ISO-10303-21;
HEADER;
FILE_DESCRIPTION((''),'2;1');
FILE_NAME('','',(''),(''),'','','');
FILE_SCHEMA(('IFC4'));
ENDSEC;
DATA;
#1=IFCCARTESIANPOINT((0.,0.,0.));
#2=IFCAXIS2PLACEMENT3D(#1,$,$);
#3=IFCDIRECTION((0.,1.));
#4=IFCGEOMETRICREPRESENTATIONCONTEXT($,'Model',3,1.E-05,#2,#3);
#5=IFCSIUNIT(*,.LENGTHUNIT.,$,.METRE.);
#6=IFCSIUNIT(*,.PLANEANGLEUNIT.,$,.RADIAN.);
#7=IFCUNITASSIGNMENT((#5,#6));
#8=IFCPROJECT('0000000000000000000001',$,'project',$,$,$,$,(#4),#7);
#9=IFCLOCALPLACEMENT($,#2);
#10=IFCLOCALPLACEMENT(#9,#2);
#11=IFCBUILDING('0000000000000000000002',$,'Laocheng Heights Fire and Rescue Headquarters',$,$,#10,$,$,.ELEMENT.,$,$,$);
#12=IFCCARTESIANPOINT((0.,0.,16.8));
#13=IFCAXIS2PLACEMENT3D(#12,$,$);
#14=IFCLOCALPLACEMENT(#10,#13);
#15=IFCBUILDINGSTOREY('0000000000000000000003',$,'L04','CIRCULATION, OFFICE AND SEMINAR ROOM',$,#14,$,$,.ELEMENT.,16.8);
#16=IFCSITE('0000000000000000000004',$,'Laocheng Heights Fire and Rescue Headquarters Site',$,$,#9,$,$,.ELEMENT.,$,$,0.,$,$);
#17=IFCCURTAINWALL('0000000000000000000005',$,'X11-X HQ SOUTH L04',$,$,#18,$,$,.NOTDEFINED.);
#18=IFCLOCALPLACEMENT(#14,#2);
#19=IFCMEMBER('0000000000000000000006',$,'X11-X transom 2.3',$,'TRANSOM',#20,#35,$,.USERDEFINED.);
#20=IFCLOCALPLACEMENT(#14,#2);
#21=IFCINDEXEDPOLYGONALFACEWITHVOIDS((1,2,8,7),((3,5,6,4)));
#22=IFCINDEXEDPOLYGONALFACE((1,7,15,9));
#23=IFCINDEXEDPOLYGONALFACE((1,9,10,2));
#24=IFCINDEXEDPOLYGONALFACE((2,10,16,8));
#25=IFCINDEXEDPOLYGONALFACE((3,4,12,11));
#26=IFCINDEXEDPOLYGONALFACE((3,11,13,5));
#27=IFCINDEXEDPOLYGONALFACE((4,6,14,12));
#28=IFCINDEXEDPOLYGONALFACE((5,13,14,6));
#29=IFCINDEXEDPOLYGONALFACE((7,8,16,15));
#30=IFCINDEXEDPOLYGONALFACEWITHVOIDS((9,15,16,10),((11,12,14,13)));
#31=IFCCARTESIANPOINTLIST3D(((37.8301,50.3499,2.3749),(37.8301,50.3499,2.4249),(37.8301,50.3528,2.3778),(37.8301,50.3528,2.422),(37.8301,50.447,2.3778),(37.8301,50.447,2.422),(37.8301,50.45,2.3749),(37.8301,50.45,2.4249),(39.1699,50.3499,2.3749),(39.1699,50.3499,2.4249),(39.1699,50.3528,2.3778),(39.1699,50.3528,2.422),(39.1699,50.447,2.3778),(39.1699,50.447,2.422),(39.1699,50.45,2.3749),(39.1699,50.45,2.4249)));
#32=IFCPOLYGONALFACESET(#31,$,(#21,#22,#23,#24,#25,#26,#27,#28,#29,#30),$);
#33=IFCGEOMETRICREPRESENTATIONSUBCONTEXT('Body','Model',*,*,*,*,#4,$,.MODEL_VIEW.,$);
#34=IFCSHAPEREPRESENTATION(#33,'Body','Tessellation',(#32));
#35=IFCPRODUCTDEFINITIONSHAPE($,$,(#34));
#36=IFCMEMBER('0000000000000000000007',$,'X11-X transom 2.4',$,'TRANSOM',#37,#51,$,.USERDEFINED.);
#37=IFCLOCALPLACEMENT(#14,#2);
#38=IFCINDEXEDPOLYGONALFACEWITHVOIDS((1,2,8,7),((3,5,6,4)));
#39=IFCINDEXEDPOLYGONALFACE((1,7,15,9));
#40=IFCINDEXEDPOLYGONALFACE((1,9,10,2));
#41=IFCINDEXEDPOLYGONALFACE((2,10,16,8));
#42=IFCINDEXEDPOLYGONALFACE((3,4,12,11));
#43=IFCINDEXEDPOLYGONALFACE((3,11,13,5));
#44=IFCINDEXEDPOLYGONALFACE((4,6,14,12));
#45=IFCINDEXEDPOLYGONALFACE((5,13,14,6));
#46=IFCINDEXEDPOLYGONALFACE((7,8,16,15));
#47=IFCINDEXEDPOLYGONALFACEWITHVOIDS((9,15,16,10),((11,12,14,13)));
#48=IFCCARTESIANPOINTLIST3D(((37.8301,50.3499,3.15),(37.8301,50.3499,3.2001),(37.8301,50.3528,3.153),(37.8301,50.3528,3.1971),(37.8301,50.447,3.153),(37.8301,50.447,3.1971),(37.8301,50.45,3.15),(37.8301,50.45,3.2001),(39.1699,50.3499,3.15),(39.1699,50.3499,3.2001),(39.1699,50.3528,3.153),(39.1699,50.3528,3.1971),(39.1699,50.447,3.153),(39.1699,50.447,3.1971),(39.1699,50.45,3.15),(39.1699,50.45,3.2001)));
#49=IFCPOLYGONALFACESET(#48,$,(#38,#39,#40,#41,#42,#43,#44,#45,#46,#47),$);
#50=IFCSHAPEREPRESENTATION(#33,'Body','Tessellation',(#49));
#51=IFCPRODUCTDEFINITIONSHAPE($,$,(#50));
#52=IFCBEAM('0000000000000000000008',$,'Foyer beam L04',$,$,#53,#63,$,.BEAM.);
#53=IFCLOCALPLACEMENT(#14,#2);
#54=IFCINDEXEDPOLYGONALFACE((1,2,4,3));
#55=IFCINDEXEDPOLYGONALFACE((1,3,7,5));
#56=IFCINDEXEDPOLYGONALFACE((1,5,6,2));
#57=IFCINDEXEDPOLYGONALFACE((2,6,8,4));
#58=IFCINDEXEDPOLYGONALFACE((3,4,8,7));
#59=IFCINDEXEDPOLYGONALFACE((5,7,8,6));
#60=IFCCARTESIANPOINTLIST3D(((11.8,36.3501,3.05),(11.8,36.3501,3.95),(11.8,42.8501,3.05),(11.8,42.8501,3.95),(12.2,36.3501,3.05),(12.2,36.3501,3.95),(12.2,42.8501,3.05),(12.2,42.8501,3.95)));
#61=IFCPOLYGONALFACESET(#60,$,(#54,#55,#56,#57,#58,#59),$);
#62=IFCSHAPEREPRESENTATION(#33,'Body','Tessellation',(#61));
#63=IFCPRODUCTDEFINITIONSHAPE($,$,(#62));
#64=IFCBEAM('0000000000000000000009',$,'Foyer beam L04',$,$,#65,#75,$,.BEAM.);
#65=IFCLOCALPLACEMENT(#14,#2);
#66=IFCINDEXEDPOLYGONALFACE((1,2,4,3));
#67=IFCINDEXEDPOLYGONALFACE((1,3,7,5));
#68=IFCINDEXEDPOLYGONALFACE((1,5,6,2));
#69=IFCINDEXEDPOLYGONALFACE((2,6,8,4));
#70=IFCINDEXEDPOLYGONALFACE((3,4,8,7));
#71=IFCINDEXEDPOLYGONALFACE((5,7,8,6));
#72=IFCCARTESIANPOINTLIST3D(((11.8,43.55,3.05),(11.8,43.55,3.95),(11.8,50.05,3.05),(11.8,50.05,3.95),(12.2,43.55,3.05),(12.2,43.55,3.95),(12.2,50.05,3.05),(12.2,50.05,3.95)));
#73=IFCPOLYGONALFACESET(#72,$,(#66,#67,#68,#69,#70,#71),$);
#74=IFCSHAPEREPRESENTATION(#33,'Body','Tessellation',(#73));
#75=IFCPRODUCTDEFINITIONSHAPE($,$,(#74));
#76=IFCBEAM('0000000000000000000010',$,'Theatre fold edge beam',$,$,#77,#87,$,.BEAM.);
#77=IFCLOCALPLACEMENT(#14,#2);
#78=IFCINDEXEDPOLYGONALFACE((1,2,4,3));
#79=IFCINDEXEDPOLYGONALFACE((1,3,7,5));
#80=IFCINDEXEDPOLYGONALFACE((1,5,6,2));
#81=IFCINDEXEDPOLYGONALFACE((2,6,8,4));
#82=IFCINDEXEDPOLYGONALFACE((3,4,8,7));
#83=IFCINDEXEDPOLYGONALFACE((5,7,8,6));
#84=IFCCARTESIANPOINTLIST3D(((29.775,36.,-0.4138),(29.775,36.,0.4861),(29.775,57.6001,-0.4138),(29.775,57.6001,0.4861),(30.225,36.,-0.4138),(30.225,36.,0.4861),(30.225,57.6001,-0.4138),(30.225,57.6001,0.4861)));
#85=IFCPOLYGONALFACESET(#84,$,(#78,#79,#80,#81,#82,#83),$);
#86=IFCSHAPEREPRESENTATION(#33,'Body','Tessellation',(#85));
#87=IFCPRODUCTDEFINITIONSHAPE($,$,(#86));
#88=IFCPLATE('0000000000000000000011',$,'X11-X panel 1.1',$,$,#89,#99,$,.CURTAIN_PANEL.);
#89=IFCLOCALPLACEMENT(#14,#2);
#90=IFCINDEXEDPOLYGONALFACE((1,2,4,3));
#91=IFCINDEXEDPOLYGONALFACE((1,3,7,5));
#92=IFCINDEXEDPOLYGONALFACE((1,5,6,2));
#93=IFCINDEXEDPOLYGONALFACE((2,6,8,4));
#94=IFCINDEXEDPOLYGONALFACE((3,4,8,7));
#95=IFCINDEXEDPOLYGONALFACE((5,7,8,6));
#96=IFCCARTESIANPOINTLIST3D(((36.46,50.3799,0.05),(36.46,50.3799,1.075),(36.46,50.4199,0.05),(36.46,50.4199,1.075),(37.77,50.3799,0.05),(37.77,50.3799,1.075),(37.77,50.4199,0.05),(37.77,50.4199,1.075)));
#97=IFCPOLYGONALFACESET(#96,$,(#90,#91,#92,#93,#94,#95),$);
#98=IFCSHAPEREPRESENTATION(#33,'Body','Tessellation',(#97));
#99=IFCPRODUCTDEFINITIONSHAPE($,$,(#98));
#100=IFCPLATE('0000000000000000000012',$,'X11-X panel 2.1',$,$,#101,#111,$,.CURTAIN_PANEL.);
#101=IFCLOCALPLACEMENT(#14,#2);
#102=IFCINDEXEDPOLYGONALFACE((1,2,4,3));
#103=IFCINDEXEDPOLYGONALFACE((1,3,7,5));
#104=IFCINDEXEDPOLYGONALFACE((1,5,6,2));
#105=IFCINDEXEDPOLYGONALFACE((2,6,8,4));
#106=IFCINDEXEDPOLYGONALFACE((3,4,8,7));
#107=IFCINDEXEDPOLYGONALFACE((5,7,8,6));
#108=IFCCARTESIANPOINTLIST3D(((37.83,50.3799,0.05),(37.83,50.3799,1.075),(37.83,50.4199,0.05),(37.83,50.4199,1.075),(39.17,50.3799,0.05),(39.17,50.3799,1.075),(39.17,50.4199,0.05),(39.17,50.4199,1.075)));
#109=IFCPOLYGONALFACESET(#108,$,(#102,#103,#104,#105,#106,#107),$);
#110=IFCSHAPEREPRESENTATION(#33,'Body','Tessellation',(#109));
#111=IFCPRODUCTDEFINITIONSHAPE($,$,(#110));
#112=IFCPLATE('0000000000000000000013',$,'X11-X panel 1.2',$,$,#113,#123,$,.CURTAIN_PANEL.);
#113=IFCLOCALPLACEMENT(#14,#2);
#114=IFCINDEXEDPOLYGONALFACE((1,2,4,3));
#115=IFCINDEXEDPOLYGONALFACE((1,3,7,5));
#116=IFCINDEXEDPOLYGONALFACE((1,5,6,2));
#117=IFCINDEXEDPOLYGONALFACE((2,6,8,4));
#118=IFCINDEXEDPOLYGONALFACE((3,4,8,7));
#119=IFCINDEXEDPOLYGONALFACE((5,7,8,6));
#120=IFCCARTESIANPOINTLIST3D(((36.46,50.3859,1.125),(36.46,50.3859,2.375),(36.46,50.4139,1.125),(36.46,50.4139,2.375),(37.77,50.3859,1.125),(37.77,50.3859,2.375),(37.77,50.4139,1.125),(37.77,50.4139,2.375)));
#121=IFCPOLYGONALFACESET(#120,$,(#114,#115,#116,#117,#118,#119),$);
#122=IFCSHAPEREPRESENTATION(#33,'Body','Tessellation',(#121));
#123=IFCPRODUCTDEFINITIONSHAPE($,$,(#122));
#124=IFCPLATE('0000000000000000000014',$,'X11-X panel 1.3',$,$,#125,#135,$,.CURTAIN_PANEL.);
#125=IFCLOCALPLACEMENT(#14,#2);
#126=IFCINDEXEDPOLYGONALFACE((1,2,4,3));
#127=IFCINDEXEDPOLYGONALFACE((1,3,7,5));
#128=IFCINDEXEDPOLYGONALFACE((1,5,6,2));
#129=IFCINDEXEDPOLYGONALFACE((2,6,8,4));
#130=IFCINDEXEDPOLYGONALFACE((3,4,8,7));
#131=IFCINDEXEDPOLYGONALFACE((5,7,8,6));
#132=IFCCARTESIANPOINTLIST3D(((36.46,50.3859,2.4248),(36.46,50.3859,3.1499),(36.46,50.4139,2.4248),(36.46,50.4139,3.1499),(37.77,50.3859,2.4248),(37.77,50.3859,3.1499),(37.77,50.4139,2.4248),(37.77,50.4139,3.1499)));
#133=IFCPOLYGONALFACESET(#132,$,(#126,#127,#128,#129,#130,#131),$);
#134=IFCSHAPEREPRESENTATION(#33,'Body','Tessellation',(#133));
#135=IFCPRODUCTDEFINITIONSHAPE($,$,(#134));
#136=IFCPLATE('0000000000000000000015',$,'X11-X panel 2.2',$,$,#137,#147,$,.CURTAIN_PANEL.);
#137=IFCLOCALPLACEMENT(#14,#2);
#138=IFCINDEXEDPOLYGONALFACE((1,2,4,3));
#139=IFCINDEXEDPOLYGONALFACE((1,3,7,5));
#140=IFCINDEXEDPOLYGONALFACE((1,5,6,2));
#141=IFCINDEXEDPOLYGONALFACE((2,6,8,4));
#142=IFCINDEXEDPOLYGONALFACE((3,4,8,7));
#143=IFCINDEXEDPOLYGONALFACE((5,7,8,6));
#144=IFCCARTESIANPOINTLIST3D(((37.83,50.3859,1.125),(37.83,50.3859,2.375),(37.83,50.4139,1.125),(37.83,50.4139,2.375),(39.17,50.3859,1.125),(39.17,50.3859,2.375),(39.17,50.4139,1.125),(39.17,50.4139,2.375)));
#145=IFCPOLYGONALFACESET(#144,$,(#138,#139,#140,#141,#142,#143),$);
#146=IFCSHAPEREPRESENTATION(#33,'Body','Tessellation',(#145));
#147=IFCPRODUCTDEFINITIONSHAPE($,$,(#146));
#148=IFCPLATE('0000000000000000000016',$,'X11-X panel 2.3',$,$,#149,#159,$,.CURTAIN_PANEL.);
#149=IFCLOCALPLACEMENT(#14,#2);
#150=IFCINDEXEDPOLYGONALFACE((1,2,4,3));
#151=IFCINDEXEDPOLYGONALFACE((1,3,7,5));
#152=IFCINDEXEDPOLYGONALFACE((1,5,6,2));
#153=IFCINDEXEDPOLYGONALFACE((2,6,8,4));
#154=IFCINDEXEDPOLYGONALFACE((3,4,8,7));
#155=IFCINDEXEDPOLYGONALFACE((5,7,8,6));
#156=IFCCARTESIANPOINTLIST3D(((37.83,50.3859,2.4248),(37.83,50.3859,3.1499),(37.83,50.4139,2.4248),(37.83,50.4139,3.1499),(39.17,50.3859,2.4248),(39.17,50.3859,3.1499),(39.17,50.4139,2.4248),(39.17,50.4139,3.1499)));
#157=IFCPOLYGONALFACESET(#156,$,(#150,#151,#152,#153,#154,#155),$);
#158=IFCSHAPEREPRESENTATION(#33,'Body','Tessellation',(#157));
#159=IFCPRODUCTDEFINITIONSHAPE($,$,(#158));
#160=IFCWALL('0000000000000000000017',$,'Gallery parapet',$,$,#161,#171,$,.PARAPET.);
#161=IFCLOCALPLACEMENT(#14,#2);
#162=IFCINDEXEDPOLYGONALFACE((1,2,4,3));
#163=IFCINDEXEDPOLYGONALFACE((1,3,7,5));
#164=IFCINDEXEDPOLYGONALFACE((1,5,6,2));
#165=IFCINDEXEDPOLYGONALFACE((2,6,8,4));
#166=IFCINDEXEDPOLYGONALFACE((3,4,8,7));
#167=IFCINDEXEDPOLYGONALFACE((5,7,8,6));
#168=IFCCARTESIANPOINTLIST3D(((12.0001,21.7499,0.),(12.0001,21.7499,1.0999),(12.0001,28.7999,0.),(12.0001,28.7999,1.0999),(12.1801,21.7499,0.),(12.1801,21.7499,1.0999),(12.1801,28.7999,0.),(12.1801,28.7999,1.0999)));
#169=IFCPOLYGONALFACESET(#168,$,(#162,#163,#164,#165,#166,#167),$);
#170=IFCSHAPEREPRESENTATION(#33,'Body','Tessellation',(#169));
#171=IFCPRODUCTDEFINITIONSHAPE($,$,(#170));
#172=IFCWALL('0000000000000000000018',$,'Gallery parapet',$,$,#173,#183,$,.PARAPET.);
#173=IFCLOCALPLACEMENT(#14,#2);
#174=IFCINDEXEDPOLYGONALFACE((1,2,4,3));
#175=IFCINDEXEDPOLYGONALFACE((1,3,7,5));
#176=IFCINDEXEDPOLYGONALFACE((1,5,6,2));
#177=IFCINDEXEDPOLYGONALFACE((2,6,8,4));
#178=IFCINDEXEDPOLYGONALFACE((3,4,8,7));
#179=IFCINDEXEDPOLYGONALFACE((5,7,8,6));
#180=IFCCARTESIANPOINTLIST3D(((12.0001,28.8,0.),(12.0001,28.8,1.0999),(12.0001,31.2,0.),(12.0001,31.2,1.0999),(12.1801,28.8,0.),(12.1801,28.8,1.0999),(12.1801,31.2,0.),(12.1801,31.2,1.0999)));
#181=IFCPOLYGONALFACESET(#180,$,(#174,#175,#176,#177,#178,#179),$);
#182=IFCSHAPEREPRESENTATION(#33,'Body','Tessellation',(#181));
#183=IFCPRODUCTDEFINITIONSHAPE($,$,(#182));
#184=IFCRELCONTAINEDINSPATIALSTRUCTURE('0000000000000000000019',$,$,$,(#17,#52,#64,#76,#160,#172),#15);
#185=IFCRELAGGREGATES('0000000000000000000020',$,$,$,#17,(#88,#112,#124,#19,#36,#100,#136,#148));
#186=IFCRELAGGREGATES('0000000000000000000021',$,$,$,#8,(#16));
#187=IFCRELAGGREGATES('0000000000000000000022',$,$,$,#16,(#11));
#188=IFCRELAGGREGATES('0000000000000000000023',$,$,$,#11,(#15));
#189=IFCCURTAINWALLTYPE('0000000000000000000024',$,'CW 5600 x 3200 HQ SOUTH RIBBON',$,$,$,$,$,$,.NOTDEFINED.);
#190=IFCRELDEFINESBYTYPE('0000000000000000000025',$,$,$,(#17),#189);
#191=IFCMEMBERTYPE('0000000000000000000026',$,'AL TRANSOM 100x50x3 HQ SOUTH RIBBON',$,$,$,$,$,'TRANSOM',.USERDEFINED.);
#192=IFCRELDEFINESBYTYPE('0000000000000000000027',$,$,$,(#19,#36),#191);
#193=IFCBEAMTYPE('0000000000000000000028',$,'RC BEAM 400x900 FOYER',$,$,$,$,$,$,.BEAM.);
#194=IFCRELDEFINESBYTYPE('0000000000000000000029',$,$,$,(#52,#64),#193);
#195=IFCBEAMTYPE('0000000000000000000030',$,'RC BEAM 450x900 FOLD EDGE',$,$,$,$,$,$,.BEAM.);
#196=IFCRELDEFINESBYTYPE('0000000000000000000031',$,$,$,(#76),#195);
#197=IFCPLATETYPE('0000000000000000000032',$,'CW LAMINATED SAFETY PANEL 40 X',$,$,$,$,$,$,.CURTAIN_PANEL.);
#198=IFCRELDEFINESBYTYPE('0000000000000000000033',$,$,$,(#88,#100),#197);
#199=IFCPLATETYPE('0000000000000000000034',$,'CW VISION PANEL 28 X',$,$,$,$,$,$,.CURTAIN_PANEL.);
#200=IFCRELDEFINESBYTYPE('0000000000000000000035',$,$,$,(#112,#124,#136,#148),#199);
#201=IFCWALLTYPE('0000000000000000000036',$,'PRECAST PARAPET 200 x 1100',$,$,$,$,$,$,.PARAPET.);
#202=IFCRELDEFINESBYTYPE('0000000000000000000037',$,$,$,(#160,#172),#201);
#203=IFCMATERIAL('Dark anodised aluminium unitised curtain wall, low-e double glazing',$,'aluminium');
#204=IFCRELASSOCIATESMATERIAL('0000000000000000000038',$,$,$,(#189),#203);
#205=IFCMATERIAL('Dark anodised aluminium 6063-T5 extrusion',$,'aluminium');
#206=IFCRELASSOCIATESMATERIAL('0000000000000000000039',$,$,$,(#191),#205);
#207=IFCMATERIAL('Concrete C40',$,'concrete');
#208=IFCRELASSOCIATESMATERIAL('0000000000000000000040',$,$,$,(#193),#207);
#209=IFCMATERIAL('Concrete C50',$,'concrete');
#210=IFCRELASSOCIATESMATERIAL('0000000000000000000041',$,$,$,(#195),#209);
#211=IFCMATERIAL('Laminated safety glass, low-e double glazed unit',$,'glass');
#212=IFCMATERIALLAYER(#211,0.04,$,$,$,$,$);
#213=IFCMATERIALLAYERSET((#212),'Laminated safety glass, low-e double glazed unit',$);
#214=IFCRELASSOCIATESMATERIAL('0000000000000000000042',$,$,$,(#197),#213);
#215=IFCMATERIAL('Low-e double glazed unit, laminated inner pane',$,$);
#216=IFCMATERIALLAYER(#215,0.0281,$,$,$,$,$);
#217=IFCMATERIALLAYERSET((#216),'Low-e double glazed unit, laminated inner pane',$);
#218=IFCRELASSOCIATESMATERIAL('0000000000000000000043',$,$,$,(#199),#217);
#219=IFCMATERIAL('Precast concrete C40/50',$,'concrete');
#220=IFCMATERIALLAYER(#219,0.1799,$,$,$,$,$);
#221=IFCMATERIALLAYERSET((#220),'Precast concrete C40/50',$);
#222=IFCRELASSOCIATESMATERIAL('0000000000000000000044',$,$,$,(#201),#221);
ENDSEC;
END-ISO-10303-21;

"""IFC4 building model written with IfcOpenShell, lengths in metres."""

from ifc_helpers import new_model, si_unit, direction, frame, frame_2d, origin, origin_2d, place, context, subcontext, project, spatial, rectangle, hollow_rectangle, extrude, material, layer, layer_set, material_profile, profile_set, type_object, element, aggregate, save


model = new_model("IFC4")

# Units and contexts
model_context = context("Model", 3, precision=1e-05, world=origin(), true_north=direction((0.0, 1.0)))
body_context = subcontext(model_context, "Body", "Model", "MODEL_VIEW")
ifc_project = project(units=[si_unit("LENGTHUNIT", "METRE"), si_unit("PLANEANGLEUNIT", "RADIAN")], contexts=[model_context])

# Site, building, storey
site_placement = place(None, origin())
site = spatial("IfcSite", under=ifc_project, at=site_placement, Name="Laocheng Heights Fire and Rescue Headquarters Site", CompositionType="ELEMENT", RefElevation=0.0)
building_placement = place(site_placement, origin())
building = spatial("IfcBuilding", under=site, at=building_placement, Name="Laocheng Heights Fire and Rescue Headquarters", CompositionType="ELEMENT")
storey_placement = place(building_placement, frame((0.0, 0.0, 16.8)))
storey = spatial("IfcBuildingStorey", under=building, at=storey_placement, Name="L04", Description="CIRCULATION, OFFICE AND SEMINAR ROOM", CompositionType="ELEMENT", Elevation=16.8)

# Curtain wall, members
ifc_material_1 = material(Name="Dark anodised aluminium unitised curtain wall, low-e double glazing", Category="aluminium")
curtain_wall_type = type_object("IfcCurtainWallType", Name="CW 5600 x 3200 HQ SOUTH RIBBON", PredefinedType="NOTDEFINED", material=ifc_material_1)
curtain_wall_placement = place(storey_placement, origin())
curtain_wall = element("IfcCurtainWall", 1, at=curtain_wall_placement, inside=storey, type_object=curtain_wall_type, Name="X11-X HQ SOUTH L04", PredefinedType="NOTDEFINED")
ifc_material_2 = material(Name="Dark anodised aluminium 6063-T5 extrusion", Category="aluminium")
ifc_material_profile_1 = material_profile(ifc_material_2, hollow_rectangle(XDim=0.1001, YDim=0.05, WallThickness=0.0029, at=origin_2d()), Name="AL TRANSOM 100x50x3 HQ SOUTH RIBBON")
ifc_profile_set_1 = profile_set([ifc_material_profile_1], Name="Dark anodised aluminium 6063-T5 extrusion")
member_type_1 = type_object("IfcMemberType", Name="AL TRANSOM 100x50x3 HQ SOUTH RIBBON", ElementType="TRANSOM", PredefinedType="USERDEFINED", material=ifc_profile_set_1)
member_1_placement = place(storey_placement, frame((37.8301, 50.3999, 2.3999), z_axis=(1.0, 0.0, 0.0), x_axis=(0.0, 1.0, 0.0)))
member_1 = element("IfcMember", 2, at=member_1_placement, type_object=member_type_1, Name="X11-X transom 2.3", ObjectType="TRANSOM", PredefinedType="USERDEFINED", context=body_context, shape_type="SweptSolid", body=[
    extrude(hollow_rectangle(XDim=0.1001, YDim=0.05, WallThickness=0.0029, at=origin_2d()), origin(), (0.0, 0.0, 1.0), 1.3398),
])
member_2_placement = place(storey_placement, frame((37.8301, 50.3999, 3.175), z_axis=(1.0, 0.0, 0.0), x_axis=(0.0, 1.0, 0.0)))
member_2 = element("IfcMember", 3, at=member_2_placement, type_object=member_type_1, Name="X11-X transom 2.4", ObjectType="TRANSOM", PredefinedType="USERDEFINED", context=body_context, shape_type="SweptSolid", body=[
    extrude(hollow_rectangle(XDim=0.1001, YDim=0.05, WallThickness=0.0029, at=origin_2d()), origin(), (0.0, 0.0, 1.0), 1.3398),
])

# Beams
ifc_material_3 = material(Name="Concrete C40", Category="concrete")
ifc_material_profile_2 = material_profile(ifc_material_3, rectangle(XDim=0.3999, YDim=0.8999, at=origin_2d()), Name="RC BEAM 400x900 FOYER")
ifc_profile_set_2 = profile_set([ifc_material_profile_2], Name="Concrete C40")
beam_type_1 = type_object("IfcBeamType", Name="RC BEAM 400x900 FOYER", PredefinedType="BEAM", material=ifc_profile_set_2)
for number, where, z_axis, x_axis, name in (
    (4, (12.0, 36.3501, 3.5), (0.0, 1.0, 0.0), (-1.0, 0.0, 0.0), "Foyer beam L04"),
    (5, (12.0, 43.55, 3.5), (0.0, 1.0, 0.0), (-1.0, 0.0, 0.0), "Foyer beam L04"),
):
    element("IfcBeam", number, at=place(storey_placement, frame(where, z_axis=z_axis, x_axis=x_axis)), inside=storey, type_object=beam_type_1, Name=name, PredefinedType="BEAM", context=body_context, shape_type="SweptSolid", body=[
        extrude(rectangle(XDim=0.3999, YDim=0.8999, at=origin_2d()), origin(), (0.0, 0.0, 1.0), 6.5),
    ])
ifc_material_4 = material(Name="Concrete C50", Category="concrete")
ifc_material_profile_3 = material_profile(ifc_material_4, rectangle(XDim=0.45, YDim=0.8999, at=origin_2d()), Name="RC BEAM 450x900 FOLD EDGE")
ifc_profile_set_3 = profile_set([ifc_material_profile_3], Name="Concrete C50")
beam_type_2 = type_object("IfcBeamType", Name="RC BEAM 450x900 FOLD EDGE", PredefinedType="BEAM", material=ifc_profile_set_3)
beam_placement = place(storey_placement, frame((30.0, 36.0, 0.0361), z_axis=(0.0, 1.0, 0.0), x_axis=(-1.0, 0.0, 0.0)))
element("IfcBeam", 6, at=beam_placement, inside=storey, type_object=beam_type_2, Name="Theatre fold edge beam", PredefinedType="BEAM", context=body_context, shape_type="SweptSolid", body=[
    extrude(rectangle(XDim=0.45, YDim=0.8999, at=origin_2d()), origin(), (0.0, 0.0, 1.0), 21.6001),
])

# Plates
ifc_material_5 = material(Name="Laminated safety glass, low-e double glazed unit", Category="glass")
ifc_layer_1 = layer(ifc_material_5, 0.04)
ifc_layer_set_1 = layer_set([ifc_layer_1], Name="Laminated safety glass, low-e double glazed unit")
plate_type_1 = type_object("IfcPlateType", Name="CW LAMINATED SAFETY PANEL 40 X", PredefinedType="CURTAIN_PANEL", material=ifc_layer_set_1)
plate_1_placement = place(storey_placement, frame((37.115, 50.3999, 0.05), z_axis=(0.0, 0.0, 1.0), x_axis=(1.0, 0.0, 0.0)))
plate_1 = element("IfcPlate", 7, at=plate_1_placement, type_object=plate_type_1, Name="X11-X panel 1.1", PredefinedType="CURTAIN_PANEL", context=body_context, shape_type="SweptSolid", body=[
    extrude(rectangle(XDim=1.3101, YDim=0.04, at=origin_2d()), origin(), (0.0, 0.0, 1.0), 1.0249),
])
plate_2_placement = place(storey_placement, frame((38.5, 50.3999, 0.05), z_axis=(0.0, 0.0, 1.0), x_axis=(1.0, 0.0, 0.0)))
plate_2 = element("IfcPlate", 8, at=plate_2_placement, type_object=plate_type_1, Name="X11-X panel 2.1", PredefinedType="CURTAIN_PANEL", context=body_context, shape_type="SweptSolid", body=[
    extrude(rectangle(XDim=1.3401, YDim=0.04, at=origin_2d()), origin(), (0.0, 0.0, 1.0), 1.0249),
])
ifc_material_6 = material(Name="Low-e double glazed unit, laminated inner pane")
ifc_layer_2 = layer(ifc_material_6, 0.0281)
ifc_layer_set_2 = layer_set([ifc_layer_2], Name="Low-e double glazed unit, laminated inner pane")
plate_type_2 = type_object("IfcPlateType", Name="CW VISION PANEL 28 X", PredefinedType="CURTAIN_PANEL", material=ifc_layer_set_2)
plate_3_placement = place(storey_placement, frame((37.115, 50.3999, 1.125), z_axis=(0.0, 0.0, 1.0), x_axis=(1.0, 0.0, 0.0)))
plate_3 = element("IfcPlate", 9, at=plate_3_placement, type_object=plate_type_2, Name="X11-X panel 1.2", PredefinedType="CURTAIN_PANEL", context=body_context, shape_type="SweptSolid", body=[
    extrude(rectangle(XDim=1.3101, YDim=0.0281, at=origin_2d()), origin(), (0.0, 0.0, 1.0), 1.25),
])
plate_4_placement = place(storey_placement, frame((37.115, 50.3999, 2.4248), z_axis=(0.0, 0.0, 1.0), x_axis=(1.0, 0.0, 0.0)))
plate_4 = element("IfcPlate", 10, at=plate_4_placement, type_object=plate_type_2, Name="X11-X panel 1.3", PredefinedType="CURTAIN_PANEL", context=body_context, shape_type="SweptSolid", body=[
    extrude(rectangle(XDim=1.3101, YDim=0.0281, at=origin_2d()), origin(), (0.0, 0.0, 1.0), 0.7251),
])
plate_5_placement = place(storey_placement, frame((38.5, 50.3999, 1.125), z_axis=(0.0, 0.0, 1.0), x_axis=(1.0, 0.0, 0.0)))
plate_5 = element("IfcPlate", 11, at=plate_5_placement, type_object=plate_type_2, Name="X11-X panel 2.2", PredefinedType="CURTAIN_PANEL", context=body_context, shape_type="SweptSolid", body=[
    extrude(rectangle(XDim=1.3401, YDim=0.0281, at=origin_2d()), origin(), (0.0, 0.0, 1.0), 1.25),
])
plate_6_placement = place(storey_placement, frame((38.5, 50.3999, 2.4248), z_axis=(0.0, 0.0, 1.0), x_axis=(1.0, 0.0, 0.0)))
plate_6 = element("IfcPlate", 12, at=plate_6_placement, type_object=plate_type_2, Name="X11-X panel 2.3", PredefinedType="CURTAIN_PANEL", context=body_context, shape_type="SweptSolid", body=[
    extrude(rectangle(XDim=1.3401, YDim=0.0281, at=origin_2d()), origin(), (0.0, 0.0, 1.0), 0.7251),
])
aggregate(curtain_wall, [plate_1, plate_3, plate_4, member_1, member_2, plate_2, plate_5, plate_6])

# Walls
ifc_material_7 = material(Name="Precast concrete C40/50", Category="concrete")
ifc_layer_3 = layer(ifc_material_7, 0.1799)
ifc_layer_set_3 = layer_set([ifc_layer_3], Name="Precast concrete C40/50")
wall_type = type_object("IfcWallType", Name="PRECAST PARAPET 200 x 1100", PredefinedType="PARAPET", material=ifc_layer_set_3)
wall_1_placement = place(storey_placement, frame((12.0901, 21.75, 0.0), z_axis=(0.0, 0.0, 1.0), x_axis=(0.0, 1.0, 0.0)))
element("IfcWall", 13, at=wall_1_placement, inside=storey, type_object=wall_type, Name="Gallery parapet", PredefinedType="PARAPET", context=body_context, shape_type="SweptSolid", body=[
    extrude(rectangle(XDim=7.05, YDim=0.1799, at=frame_2d((3.5249, 0.0))), origin(), (0.0, 0.0, 1.0), 1.0999),
])
wall_2_placement = place(storey_placement, frame((12.0901, 28.8, 0.0), z_axis=(0.0, 0.0, 1.0), x_axis=(0.0, 1.0, 0.0)))
element("IfcWall", 14, at=wall_2_placement, inside=storey, type_object=wall_type, Name="Gallery parapet", PredefinedType="PARAPET", context=body_context, shape_type="SweptSolid", body=[
    extrude(rectangle(XDim=2.3999, YDim=0.1799, at=frame_2d((1.2, 0.0))), origin(), (0.0, 0.0, 1.0), 1.0999),
])

save(model, "model.ifc")
